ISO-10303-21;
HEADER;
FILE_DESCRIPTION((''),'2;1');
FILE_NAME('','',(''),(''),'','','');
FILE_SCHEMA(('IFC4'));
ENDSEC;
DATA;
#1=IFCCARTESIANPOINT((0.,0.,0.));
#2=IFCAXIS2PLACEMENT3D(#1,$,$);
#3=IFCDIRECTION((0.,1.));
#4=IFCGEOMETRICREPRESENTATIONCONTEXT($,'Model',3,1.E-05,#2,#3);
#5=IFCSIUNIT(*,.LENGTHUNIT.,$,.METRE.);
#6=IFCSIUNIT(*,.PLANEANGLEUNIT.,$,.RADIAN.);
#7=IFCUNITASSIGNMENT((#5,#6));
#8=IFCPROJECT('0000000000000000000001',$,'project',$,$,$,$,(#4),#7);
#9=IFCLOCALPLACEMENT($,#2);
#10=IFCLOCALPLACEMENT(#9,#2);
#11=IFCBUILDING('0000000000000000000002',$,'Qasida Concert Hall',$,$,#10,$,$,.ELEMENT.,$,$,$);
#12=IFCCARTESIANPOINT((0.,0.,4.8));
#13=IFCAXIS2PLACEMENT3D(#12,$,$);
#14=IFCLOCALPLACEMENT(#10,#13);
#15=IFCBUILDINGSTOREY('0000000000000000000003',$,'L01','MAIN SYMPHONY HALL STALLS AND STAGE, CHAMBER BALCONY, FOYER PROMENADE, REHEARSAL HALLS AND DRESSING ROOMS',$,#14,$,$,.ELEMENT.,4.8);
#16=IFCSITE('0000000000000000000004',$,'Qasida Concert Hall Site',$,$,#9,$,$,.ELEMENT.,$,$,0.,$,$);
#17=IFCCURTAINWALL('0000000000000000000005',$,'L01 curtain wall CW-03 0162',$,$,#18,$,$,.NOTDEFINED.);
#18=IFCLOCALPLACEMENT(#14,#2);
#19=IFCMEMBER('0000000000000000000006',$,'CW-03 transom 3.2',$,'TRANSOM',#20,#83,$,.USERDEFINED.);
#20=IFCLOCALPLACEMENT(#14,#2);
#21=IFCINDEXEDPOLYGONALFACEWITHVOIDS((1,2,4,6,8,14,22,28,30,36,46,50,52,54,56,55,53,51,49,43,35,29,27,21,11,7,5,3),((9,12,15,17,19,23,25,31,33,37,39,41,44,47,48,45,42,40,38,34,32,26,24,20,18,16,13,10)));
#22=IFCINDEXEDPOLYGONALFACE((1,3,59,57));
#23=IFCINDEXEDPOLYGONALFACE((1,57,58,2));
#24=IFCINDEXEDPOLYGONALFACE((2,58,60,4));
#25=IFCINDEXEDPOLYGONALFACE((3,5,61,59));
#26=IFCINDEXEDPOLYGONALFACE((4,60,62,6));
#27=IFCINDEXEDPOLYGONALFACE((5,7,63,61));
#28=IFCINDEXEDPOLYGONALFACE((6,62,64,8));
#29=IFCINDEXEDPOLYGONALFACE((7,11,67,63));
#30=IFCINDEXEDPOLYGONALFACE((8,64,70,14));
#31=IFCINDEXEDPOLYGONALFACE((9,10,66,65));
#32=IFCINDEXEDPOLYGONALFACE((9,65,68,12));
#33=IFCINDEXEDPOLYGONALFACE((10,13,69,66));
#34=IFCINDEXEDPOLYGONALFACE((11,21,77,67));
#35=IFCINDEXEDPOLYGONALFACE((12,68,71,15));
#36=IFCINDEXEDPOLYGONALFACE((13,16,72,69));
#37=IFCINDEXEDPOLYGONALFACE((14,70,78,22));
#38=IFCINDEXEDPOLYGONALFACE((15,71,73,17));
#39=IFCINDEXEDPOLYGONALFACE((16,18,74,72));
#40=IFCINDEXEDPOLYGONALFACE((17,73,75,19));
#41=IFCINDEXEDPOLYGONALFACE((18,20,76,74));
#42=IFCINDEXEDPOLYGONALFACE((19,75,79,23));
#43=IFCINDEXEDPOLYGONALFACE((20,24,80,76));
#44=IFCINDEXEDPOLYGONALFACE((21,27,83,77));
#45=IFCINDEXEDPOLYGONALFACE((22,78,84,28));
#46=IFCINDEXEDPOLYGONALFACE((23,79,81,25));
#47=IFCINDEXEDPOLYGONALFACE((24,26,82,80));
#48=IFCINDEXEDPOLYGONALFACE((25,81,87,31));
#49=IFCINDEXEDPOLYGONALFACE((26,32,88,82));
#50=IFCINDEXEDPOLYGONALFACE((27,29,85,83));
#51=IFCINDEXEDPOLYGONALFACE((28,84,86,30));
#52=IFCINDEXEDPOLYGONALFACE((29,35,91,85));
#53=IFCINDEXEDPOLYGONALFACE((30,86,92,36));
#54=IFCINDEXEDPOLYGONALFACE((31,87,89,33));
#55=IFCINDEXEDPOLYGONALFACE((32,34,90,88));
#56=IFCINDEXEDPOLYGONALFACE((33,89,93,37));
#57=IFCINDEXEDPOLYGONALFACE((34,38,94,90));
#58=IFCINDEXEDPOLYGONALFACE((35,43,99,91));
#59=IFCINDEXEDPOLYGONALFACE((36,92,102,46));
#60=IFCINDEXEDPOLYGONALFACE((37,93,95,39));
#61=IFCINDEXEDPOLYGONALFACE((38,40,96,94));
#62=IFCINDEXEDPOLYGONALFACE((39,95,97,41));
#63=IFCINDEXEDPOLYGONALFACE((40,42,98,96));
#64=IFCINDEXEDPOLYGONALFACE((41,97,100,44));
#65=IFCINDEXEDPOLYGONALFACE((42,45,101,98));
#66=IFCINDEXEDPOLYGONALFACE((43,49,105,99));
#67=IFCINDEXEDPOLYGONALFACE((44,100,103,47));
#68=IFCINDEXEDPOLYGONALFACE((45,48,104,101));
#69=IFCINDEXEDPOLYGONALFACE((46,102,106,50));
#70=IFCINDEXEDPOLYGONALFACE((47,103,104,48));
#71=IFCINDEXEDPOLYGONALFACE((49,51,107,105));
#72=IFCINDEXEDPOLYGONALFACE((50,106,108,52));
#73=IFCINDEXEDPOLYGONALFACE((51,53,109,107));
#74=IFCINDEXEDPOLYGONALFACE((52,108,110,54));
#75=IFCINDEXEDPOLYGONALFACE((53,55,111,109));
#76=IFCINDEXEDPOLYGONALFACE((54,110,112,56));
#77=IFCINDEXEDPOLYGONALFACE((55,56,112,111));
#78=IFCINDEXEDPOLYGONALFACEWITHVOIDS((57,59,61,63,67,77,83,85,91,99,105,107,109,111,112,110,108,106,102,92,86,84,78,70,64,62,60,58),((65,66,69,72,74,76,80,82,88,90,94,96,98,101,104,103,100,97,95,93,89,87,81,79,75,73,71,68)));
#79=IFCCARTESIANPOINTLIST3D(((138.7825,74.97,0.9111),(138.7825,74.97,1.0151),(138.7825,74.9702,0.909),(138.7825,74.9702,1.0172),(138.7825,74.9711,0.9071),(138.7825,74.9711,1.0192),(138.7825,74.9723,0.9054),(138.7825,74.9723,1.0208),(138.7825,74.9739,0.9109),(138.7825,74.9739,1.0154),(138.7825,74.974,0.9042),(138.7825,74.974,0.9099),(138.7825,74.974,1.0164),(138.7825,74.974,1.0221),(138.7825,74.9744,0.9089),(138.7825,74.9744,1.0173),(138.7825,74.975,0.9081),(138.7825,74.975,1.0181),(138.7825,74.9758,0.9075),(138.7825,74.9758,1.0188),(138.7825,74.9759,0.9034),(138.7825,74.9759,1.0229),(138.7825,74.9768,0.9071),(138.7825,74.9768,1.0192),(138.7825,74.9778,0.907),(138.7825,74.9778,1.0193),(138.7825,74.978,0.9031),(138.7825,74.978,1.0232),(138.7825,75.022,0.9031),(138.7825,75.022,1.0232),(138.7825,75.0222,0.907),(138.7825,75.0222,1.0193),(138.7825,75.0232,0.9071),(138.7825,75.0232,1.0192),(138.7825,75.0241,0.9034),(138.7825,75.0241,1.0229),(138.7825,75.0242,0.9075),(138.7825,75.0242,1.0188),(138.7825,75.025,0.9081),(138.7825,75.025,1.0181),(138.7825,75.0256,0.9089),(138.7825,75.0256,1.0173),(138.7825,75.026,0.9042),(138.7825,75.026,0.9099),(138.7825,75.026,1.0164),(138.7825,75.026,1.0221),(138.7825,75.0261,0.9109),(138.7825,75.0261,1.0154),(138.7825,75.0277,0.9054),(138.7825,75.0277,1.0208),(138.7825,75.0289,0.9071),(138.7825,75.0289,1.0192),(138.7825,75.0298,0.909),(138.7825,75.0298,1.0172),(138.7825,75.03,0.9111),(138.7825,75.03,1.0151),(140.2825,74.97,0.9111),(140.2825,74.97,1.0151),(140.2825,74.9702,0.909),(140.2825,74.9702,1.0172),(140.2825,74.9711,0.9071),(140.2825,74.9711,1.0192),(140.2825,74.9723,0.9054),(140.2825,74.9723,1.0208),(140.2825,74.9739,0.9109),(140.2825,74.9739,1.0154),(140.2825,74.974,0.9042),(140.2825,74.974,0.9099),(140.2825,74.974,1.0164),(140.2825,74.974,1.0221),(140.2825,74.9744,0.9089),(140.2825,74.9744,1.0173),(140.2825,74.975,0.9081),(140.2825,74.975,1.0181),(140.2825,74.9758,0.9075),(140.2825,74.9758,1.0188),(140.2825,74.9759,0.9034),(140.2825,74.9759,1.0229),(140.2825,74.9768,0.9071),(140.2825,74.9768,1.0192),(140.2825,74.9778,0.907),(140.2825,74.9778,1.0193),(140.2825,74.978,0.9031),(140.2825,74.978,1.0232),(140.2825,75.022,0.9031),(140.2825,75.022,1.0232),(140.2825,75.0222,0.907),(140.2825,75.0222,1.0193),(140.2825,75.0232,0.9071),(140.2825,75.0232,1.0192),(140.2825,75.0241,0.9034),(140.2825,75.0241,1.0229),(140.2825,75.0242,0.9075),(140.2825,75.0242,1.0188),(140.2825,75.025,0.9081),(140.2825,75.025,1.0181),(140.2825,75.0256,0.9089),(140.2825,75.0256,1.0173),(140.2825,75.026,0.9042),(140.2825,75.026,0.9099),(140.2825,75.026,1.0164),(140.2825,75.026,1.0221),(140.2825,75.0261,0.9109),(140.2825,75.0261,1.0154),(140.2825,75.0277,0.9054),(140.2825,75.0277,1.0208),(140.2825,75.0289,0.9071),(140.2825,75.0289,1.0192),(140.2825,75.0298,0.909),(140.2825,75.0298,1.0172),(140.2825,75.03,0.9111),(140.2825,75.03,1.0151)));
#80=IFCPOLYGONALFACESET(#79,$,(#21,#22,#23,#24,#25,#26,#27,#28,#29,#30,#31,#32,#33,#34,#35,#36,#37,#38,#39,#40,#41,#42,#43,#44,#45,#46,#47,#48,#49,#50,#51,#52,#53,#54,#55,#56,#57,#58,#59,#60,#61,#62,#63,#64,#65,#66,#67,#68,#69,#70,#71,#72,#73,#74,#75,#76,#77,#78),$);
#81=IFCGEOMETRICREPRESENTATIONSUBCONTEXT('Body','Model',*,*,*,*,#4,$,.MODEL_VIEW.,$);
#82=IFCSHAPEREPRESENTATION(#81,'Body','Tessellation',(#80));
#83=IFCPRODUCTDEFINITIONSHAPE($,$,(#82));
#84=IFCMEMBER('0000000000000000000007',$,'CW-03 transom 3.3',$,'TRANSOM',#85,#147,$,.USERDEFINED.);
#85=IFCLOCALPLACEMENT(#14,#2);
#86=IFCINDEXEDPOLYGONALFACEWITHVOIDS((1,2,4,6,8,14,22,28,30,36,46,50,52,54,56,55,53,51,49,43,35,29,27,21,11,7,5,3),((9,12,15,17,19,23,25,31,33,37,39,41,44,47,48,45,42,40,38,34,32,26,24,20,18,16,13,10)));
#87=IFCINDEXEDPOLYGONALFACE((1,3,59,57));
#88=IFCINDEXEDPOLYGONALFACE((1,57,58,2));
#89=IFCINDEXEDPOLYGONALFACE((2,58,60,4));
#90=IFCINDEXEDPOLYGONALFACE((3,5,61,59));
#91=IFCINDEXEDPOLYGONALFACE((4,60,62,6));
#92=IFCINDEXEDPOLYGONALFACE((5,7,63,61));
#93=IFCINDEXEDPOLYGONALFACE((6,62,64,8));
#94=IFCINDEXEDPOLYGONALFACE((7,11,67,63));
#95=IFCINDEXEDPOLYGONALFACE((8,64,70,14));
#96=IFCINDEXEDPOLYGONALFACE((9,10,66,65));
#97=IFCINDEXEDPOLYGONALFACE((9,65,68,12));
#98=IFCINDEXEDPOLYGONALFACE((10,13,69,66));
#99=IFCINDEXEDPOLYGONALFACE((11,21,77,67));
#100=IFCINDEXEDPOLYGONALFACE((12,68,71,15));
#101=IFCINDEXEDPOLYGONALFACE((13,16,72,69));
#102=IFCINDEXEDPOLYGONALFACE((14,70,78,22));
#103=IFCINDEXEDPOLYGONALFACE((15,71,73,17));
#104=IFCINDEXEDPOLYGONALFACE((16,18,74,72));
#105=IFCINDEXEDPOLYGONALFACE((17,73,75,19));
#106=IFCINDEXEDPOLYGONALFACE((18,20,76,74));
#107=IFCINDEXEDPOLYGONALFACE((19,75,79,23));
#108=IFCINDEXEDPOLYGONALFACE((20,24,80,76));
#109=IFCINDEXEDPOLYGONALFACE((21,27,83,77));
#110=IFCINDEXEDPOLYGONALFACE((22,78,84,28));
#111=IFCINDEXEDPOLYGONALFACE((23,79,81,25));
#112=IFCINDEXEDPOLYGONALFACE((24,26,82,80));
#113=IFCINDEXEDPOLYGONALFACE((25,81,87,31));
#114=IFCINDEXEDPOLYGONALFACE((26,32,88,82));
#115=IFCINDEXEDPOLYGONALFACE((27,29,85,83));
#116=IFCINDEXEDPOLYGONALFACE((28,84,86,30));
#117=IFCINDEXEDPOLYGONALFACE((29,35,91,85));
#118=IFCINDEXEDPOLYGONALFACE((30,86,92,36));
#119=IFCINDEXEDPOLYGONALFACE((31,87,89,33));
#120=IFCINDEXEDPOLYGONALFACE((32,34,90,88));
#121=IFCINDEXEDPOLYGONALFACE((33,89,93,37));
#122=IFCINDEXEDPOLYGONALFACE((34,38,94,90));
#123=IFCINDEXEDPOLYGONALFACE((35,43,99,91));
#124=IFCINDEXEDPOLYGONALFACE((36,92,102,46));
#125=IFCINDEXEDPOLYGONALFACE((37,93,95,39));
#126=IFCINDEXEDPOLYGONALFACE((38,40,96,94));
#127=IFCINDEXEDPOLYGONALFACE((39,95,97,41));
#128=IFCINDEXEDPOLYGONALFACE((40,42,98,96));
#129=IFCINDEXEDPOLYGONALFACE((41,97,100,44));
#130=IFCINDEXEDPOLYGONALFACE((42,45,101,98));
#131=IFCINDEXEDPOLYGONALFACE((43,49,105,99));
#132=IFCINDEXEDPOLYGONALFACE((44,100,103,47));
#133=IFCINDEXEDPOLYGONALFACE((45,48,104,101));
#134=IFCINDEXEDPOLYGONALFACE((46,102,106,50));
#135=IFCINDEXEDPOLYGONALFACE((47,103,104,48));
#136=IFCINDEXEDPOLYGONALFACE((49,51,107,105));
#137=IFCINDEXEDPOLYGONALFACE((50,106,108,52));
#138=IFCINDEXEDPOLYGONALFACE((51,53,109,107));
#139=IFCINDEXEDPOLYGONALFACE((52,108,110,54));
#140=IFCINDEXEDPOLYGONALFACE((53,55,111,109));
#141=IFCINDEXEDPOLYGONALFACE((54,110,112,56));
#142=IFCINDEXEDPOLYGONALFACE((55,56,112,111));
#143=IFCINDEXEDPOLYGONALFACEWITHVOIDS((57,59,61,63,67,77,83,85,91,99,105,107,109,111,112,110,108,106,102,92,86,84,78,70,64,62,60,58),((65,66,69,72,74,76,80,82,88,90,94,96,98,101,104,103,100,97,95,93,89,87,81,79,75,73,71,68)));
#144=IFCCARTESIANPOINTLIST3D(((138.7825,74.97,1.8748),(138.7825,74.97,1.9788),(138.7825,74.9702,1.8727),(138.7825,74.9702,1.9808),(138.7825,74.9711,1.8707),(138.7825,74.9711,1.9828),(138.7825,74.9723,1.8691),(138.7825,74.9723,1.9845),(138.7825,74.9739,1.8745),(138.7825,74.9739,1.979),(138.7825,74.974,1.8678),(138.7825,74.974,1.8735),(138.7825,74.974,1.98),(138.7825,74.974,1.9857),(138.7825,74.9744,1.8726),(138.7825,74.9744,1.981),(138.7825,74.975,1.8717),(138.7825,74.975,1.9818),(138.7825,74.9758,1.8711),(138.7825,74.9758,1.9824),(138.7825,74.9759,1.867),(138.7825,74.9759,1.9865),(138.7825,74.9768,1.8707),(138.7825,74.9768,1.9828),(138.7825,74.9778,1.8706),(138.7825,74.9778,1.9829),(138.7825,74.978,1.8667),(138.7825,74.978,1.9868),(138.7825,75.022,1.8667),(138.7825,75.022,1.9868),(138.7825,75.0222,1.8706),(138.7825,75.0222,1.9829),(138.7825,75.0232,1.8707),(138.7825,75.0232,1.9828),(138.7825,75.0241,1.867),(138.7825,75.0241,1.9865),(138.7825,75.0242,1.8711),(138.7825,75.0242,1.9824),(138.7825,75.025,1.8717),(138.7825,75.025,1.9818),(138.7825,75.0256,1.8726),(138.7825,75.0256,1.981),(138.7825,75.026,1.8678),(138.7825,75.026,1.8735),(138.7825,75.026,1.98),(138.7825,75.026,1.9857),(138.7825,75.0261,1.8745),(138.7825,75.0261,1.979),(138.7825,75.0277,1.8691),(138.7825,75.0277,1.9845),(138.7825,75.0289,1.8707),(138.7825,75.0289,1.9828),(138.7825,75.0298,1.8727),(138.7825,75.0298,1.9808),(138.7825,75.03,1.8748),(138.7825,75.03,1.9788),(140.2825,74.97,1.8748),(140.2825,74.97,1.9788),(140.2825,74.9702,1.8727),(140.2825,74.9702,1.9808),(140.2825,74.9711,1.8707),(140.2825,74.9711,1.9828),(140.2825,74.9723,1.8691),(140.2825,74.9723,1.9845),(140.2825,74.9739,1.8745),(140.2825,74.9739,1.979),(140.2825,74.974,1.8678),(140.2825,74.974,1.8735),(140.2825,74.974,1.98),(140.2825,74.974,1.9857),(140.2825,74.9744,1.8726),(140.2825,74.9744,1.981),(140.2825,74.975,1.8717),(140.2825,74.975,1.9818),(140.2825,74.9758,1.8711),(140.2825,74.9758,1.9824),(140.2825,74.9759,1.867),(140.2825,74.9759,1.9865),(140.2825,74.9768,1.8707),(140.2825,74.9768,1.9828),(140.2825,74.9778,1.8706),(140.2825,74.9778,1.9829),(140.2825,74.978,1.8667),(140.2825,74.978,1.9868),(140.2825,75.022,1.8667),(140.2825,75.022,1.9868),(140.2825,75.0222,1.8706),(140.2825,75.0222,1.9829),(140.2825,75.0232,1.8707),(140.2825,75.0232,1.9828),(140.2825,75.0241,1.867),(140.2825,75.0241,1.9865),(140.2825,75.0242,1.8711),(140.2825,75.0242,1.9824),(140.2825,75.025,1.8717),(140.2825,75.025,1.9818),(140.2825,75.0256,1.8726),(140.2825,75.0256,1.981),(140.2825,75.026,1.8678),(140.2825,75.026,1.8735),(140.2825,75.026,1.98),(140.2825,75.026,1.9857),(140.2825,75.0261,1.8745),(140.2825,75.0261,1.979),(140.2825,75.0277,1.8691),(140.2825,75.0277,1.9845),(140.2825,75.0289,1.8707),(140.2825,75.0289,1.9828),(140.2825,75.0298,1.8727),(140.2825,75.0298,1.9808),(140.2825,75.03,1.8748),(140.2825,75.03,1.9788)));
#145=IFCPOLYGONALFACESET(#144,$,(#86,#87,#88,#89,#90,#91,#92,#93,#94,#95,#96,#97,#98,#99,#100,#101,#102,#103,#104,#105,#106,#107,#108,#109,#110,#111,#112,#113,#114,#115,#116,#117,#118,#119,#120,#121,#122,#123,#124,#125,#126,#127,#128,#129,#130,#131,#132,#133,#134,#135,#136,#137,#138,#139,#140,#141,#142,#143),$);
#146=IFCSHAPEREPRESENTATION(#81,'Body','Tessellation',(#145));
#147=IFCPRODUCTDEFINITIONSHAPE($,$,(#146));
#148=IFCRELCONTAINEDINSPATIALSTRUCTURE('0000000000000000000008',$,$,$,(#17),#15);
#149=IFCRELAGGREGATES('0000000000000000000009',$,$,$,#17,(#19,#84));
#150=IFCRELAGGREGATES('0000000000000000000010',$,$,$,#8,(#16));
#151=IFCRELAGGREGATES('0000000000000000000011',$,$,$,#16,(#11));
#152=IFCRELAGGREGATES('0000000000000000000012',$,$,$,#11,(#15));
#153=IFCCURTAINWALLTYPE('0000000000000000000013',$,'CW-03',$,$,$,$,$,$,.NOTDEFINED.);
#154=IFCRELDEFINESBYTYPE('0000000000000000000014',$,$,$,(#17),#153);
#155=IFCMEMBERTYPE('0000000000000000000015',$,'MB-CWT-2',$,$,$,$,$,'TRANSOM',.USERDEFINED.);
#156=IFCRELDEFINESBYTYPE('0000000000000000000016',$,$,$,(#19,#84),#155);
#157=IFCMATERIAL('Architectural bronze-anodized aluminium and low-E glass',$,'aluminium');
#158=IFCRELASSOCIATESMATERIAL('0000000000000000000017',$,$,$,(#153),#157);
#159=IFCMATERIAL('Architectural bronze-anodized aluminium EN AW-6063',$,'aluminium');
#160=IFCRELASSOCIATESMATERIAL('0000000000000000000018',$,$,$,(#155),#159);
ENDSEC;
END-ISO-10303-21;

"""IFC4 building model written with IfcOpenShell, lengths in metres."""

from ifc_helpers import new_model, si_unit, direction, frame, origin, origin_2d, place, context, subcontext, project, spatial, hollow_rectangle, extrude, material, material_profile, profile_set, type_object, element, aggregate, save


model = new_model("IFC4")

# Units and contexts
model_context = context("Model", 3, precision=1e-05, world=origin(), true_north=direction((0.0, 1.0)))
body_context = subcontext(model_context, "Body", "Model", "MODEL_VIEW")
ifc_project = project(units=[si_unit("LENGTHUNIT", "METRE"), si_unit("PLANEANGLEUNIT", "RADIAN")], contexts=[model_context])

# Site, building, storey
site_placement = place(None, origin())
site = spatial("IfcSite", under=ifc_project, at=site_placement, Name="Qasida Concert Hall Site", CompositionType="ELEMENT", RefElevation=0.0)
building_placement = place(site_placement, origin())
building = spatial("IfcBuilding", under=site, at=building_placement, Name="Qasida Concert Hall", CompositionType="ELEMENT")
storey_placement = place(building_placement, frame((0.0, 0.0, 4.8)))
storey = spatial("IfcBuildingStorey", under=building, at=storey_placement, Name="L01", Description="MAIN SYMPHONY HALL STALLS AND STAGE, CHAMBER BALCONY, FOYER PROMENADE, REHEARSAL HALLS AND DRESSING ROOMS", CompositionType="ELEMENT", Elevation=4.8)

# Curtain wall, members
ifc_material_1 = material(Name="Architectural bronze-anodized aluminium and low-E glass", Category="aluminium")
curtain_wall_type = type_object("IfcCurtainWallType", Name="CW-03", PredefinedType="NOTDEFINED", material=ifc_material_1)
curtain_wall_placement = place(storey_placement, origin())
curtain_wall = element("IfcCurtainWall", 1, at=curtain_wall_placement, inside=storey, type_object=curtain_wall_type, Name="L01 curtain wall CW-03 0162", PredefinedType="NOTDEFINED")
ifc_material_2 = material(Name="Architectural bronze-anodized aluminium EN AW-6063", Category="aluminium")
ifc_material_profile_1 = material_profile(ifc_material_2, hollow_rectangle(XDim=0.0601, YDim=0.1201, WallThickness=0.0039, InnerFilletRadius=0.0039, OuterFilletRadius=0.0081, at=origin_2d()), Name="CWT 120x60x4")
ifc_profile_set_1 = profile_set([ifc_material_profile_1], Name="Architectural bronze-anodized aluminium EN AW-6063")
member_type_1 = type_object("IfcMemberType", Name="MB-CWT-2", ElementType="TRANSOM", PredefinedType="USERDEFINED", material=ifc_profile_set_1)
member_1_placement = place(storey_placement, frame((138.7825, 75.0, 0.9631), z_axis=(1.0, 0.0, 0.0), x_axis=(0.0, 1.0, 0.0)))
member_1 = element("IfcMember", 2, at=member_1_placement, type_object=member_type_1, Name="CW-03 transom 3.2", ObjectType="TRANSOM", PredefinedType="USERDEFINED", context=body_context, shape_type="SweptSolid", body=[
    extrude(hollow_rectangle(XDim=0.0601, YDim=0.1201, WallThickness=0.0039, InnerFilletRadius=0.0039, OuterFilletRadius=0.0081, at=origin_2d()), origin(), (0.0, 0.0, 1.0), 1.5),
])
member_2_placement = place(storey_placement, frame((138.7825, 75.0, 1.9268), z_axis=(1.0, 0.0, 0.0), x_axis=(0.0, 1.0, 0.0)))
member_2 = element("IfcMember", 3, at=member_2_placement, type_object=member_type_1, Name="CW-03 transom 3.3", ObjectType="TRANSOM", PredefinedType="USERDEFINED", context=body_context, shape_type="SweptSolid", body=[
    extrude(hollow_rectangle(XDim=0.0601, YDim=0.1201, WallThickness=0.0039, InnerFilletRadius=0.0039, OuterFilletRadius=0.0081, at=origin_2d()), origin(), (0.0, 0.0, 1.0), 1.5),
])
aggregate(curtain_wall, [member_1, member_2])

save(model, "model.ifc")
